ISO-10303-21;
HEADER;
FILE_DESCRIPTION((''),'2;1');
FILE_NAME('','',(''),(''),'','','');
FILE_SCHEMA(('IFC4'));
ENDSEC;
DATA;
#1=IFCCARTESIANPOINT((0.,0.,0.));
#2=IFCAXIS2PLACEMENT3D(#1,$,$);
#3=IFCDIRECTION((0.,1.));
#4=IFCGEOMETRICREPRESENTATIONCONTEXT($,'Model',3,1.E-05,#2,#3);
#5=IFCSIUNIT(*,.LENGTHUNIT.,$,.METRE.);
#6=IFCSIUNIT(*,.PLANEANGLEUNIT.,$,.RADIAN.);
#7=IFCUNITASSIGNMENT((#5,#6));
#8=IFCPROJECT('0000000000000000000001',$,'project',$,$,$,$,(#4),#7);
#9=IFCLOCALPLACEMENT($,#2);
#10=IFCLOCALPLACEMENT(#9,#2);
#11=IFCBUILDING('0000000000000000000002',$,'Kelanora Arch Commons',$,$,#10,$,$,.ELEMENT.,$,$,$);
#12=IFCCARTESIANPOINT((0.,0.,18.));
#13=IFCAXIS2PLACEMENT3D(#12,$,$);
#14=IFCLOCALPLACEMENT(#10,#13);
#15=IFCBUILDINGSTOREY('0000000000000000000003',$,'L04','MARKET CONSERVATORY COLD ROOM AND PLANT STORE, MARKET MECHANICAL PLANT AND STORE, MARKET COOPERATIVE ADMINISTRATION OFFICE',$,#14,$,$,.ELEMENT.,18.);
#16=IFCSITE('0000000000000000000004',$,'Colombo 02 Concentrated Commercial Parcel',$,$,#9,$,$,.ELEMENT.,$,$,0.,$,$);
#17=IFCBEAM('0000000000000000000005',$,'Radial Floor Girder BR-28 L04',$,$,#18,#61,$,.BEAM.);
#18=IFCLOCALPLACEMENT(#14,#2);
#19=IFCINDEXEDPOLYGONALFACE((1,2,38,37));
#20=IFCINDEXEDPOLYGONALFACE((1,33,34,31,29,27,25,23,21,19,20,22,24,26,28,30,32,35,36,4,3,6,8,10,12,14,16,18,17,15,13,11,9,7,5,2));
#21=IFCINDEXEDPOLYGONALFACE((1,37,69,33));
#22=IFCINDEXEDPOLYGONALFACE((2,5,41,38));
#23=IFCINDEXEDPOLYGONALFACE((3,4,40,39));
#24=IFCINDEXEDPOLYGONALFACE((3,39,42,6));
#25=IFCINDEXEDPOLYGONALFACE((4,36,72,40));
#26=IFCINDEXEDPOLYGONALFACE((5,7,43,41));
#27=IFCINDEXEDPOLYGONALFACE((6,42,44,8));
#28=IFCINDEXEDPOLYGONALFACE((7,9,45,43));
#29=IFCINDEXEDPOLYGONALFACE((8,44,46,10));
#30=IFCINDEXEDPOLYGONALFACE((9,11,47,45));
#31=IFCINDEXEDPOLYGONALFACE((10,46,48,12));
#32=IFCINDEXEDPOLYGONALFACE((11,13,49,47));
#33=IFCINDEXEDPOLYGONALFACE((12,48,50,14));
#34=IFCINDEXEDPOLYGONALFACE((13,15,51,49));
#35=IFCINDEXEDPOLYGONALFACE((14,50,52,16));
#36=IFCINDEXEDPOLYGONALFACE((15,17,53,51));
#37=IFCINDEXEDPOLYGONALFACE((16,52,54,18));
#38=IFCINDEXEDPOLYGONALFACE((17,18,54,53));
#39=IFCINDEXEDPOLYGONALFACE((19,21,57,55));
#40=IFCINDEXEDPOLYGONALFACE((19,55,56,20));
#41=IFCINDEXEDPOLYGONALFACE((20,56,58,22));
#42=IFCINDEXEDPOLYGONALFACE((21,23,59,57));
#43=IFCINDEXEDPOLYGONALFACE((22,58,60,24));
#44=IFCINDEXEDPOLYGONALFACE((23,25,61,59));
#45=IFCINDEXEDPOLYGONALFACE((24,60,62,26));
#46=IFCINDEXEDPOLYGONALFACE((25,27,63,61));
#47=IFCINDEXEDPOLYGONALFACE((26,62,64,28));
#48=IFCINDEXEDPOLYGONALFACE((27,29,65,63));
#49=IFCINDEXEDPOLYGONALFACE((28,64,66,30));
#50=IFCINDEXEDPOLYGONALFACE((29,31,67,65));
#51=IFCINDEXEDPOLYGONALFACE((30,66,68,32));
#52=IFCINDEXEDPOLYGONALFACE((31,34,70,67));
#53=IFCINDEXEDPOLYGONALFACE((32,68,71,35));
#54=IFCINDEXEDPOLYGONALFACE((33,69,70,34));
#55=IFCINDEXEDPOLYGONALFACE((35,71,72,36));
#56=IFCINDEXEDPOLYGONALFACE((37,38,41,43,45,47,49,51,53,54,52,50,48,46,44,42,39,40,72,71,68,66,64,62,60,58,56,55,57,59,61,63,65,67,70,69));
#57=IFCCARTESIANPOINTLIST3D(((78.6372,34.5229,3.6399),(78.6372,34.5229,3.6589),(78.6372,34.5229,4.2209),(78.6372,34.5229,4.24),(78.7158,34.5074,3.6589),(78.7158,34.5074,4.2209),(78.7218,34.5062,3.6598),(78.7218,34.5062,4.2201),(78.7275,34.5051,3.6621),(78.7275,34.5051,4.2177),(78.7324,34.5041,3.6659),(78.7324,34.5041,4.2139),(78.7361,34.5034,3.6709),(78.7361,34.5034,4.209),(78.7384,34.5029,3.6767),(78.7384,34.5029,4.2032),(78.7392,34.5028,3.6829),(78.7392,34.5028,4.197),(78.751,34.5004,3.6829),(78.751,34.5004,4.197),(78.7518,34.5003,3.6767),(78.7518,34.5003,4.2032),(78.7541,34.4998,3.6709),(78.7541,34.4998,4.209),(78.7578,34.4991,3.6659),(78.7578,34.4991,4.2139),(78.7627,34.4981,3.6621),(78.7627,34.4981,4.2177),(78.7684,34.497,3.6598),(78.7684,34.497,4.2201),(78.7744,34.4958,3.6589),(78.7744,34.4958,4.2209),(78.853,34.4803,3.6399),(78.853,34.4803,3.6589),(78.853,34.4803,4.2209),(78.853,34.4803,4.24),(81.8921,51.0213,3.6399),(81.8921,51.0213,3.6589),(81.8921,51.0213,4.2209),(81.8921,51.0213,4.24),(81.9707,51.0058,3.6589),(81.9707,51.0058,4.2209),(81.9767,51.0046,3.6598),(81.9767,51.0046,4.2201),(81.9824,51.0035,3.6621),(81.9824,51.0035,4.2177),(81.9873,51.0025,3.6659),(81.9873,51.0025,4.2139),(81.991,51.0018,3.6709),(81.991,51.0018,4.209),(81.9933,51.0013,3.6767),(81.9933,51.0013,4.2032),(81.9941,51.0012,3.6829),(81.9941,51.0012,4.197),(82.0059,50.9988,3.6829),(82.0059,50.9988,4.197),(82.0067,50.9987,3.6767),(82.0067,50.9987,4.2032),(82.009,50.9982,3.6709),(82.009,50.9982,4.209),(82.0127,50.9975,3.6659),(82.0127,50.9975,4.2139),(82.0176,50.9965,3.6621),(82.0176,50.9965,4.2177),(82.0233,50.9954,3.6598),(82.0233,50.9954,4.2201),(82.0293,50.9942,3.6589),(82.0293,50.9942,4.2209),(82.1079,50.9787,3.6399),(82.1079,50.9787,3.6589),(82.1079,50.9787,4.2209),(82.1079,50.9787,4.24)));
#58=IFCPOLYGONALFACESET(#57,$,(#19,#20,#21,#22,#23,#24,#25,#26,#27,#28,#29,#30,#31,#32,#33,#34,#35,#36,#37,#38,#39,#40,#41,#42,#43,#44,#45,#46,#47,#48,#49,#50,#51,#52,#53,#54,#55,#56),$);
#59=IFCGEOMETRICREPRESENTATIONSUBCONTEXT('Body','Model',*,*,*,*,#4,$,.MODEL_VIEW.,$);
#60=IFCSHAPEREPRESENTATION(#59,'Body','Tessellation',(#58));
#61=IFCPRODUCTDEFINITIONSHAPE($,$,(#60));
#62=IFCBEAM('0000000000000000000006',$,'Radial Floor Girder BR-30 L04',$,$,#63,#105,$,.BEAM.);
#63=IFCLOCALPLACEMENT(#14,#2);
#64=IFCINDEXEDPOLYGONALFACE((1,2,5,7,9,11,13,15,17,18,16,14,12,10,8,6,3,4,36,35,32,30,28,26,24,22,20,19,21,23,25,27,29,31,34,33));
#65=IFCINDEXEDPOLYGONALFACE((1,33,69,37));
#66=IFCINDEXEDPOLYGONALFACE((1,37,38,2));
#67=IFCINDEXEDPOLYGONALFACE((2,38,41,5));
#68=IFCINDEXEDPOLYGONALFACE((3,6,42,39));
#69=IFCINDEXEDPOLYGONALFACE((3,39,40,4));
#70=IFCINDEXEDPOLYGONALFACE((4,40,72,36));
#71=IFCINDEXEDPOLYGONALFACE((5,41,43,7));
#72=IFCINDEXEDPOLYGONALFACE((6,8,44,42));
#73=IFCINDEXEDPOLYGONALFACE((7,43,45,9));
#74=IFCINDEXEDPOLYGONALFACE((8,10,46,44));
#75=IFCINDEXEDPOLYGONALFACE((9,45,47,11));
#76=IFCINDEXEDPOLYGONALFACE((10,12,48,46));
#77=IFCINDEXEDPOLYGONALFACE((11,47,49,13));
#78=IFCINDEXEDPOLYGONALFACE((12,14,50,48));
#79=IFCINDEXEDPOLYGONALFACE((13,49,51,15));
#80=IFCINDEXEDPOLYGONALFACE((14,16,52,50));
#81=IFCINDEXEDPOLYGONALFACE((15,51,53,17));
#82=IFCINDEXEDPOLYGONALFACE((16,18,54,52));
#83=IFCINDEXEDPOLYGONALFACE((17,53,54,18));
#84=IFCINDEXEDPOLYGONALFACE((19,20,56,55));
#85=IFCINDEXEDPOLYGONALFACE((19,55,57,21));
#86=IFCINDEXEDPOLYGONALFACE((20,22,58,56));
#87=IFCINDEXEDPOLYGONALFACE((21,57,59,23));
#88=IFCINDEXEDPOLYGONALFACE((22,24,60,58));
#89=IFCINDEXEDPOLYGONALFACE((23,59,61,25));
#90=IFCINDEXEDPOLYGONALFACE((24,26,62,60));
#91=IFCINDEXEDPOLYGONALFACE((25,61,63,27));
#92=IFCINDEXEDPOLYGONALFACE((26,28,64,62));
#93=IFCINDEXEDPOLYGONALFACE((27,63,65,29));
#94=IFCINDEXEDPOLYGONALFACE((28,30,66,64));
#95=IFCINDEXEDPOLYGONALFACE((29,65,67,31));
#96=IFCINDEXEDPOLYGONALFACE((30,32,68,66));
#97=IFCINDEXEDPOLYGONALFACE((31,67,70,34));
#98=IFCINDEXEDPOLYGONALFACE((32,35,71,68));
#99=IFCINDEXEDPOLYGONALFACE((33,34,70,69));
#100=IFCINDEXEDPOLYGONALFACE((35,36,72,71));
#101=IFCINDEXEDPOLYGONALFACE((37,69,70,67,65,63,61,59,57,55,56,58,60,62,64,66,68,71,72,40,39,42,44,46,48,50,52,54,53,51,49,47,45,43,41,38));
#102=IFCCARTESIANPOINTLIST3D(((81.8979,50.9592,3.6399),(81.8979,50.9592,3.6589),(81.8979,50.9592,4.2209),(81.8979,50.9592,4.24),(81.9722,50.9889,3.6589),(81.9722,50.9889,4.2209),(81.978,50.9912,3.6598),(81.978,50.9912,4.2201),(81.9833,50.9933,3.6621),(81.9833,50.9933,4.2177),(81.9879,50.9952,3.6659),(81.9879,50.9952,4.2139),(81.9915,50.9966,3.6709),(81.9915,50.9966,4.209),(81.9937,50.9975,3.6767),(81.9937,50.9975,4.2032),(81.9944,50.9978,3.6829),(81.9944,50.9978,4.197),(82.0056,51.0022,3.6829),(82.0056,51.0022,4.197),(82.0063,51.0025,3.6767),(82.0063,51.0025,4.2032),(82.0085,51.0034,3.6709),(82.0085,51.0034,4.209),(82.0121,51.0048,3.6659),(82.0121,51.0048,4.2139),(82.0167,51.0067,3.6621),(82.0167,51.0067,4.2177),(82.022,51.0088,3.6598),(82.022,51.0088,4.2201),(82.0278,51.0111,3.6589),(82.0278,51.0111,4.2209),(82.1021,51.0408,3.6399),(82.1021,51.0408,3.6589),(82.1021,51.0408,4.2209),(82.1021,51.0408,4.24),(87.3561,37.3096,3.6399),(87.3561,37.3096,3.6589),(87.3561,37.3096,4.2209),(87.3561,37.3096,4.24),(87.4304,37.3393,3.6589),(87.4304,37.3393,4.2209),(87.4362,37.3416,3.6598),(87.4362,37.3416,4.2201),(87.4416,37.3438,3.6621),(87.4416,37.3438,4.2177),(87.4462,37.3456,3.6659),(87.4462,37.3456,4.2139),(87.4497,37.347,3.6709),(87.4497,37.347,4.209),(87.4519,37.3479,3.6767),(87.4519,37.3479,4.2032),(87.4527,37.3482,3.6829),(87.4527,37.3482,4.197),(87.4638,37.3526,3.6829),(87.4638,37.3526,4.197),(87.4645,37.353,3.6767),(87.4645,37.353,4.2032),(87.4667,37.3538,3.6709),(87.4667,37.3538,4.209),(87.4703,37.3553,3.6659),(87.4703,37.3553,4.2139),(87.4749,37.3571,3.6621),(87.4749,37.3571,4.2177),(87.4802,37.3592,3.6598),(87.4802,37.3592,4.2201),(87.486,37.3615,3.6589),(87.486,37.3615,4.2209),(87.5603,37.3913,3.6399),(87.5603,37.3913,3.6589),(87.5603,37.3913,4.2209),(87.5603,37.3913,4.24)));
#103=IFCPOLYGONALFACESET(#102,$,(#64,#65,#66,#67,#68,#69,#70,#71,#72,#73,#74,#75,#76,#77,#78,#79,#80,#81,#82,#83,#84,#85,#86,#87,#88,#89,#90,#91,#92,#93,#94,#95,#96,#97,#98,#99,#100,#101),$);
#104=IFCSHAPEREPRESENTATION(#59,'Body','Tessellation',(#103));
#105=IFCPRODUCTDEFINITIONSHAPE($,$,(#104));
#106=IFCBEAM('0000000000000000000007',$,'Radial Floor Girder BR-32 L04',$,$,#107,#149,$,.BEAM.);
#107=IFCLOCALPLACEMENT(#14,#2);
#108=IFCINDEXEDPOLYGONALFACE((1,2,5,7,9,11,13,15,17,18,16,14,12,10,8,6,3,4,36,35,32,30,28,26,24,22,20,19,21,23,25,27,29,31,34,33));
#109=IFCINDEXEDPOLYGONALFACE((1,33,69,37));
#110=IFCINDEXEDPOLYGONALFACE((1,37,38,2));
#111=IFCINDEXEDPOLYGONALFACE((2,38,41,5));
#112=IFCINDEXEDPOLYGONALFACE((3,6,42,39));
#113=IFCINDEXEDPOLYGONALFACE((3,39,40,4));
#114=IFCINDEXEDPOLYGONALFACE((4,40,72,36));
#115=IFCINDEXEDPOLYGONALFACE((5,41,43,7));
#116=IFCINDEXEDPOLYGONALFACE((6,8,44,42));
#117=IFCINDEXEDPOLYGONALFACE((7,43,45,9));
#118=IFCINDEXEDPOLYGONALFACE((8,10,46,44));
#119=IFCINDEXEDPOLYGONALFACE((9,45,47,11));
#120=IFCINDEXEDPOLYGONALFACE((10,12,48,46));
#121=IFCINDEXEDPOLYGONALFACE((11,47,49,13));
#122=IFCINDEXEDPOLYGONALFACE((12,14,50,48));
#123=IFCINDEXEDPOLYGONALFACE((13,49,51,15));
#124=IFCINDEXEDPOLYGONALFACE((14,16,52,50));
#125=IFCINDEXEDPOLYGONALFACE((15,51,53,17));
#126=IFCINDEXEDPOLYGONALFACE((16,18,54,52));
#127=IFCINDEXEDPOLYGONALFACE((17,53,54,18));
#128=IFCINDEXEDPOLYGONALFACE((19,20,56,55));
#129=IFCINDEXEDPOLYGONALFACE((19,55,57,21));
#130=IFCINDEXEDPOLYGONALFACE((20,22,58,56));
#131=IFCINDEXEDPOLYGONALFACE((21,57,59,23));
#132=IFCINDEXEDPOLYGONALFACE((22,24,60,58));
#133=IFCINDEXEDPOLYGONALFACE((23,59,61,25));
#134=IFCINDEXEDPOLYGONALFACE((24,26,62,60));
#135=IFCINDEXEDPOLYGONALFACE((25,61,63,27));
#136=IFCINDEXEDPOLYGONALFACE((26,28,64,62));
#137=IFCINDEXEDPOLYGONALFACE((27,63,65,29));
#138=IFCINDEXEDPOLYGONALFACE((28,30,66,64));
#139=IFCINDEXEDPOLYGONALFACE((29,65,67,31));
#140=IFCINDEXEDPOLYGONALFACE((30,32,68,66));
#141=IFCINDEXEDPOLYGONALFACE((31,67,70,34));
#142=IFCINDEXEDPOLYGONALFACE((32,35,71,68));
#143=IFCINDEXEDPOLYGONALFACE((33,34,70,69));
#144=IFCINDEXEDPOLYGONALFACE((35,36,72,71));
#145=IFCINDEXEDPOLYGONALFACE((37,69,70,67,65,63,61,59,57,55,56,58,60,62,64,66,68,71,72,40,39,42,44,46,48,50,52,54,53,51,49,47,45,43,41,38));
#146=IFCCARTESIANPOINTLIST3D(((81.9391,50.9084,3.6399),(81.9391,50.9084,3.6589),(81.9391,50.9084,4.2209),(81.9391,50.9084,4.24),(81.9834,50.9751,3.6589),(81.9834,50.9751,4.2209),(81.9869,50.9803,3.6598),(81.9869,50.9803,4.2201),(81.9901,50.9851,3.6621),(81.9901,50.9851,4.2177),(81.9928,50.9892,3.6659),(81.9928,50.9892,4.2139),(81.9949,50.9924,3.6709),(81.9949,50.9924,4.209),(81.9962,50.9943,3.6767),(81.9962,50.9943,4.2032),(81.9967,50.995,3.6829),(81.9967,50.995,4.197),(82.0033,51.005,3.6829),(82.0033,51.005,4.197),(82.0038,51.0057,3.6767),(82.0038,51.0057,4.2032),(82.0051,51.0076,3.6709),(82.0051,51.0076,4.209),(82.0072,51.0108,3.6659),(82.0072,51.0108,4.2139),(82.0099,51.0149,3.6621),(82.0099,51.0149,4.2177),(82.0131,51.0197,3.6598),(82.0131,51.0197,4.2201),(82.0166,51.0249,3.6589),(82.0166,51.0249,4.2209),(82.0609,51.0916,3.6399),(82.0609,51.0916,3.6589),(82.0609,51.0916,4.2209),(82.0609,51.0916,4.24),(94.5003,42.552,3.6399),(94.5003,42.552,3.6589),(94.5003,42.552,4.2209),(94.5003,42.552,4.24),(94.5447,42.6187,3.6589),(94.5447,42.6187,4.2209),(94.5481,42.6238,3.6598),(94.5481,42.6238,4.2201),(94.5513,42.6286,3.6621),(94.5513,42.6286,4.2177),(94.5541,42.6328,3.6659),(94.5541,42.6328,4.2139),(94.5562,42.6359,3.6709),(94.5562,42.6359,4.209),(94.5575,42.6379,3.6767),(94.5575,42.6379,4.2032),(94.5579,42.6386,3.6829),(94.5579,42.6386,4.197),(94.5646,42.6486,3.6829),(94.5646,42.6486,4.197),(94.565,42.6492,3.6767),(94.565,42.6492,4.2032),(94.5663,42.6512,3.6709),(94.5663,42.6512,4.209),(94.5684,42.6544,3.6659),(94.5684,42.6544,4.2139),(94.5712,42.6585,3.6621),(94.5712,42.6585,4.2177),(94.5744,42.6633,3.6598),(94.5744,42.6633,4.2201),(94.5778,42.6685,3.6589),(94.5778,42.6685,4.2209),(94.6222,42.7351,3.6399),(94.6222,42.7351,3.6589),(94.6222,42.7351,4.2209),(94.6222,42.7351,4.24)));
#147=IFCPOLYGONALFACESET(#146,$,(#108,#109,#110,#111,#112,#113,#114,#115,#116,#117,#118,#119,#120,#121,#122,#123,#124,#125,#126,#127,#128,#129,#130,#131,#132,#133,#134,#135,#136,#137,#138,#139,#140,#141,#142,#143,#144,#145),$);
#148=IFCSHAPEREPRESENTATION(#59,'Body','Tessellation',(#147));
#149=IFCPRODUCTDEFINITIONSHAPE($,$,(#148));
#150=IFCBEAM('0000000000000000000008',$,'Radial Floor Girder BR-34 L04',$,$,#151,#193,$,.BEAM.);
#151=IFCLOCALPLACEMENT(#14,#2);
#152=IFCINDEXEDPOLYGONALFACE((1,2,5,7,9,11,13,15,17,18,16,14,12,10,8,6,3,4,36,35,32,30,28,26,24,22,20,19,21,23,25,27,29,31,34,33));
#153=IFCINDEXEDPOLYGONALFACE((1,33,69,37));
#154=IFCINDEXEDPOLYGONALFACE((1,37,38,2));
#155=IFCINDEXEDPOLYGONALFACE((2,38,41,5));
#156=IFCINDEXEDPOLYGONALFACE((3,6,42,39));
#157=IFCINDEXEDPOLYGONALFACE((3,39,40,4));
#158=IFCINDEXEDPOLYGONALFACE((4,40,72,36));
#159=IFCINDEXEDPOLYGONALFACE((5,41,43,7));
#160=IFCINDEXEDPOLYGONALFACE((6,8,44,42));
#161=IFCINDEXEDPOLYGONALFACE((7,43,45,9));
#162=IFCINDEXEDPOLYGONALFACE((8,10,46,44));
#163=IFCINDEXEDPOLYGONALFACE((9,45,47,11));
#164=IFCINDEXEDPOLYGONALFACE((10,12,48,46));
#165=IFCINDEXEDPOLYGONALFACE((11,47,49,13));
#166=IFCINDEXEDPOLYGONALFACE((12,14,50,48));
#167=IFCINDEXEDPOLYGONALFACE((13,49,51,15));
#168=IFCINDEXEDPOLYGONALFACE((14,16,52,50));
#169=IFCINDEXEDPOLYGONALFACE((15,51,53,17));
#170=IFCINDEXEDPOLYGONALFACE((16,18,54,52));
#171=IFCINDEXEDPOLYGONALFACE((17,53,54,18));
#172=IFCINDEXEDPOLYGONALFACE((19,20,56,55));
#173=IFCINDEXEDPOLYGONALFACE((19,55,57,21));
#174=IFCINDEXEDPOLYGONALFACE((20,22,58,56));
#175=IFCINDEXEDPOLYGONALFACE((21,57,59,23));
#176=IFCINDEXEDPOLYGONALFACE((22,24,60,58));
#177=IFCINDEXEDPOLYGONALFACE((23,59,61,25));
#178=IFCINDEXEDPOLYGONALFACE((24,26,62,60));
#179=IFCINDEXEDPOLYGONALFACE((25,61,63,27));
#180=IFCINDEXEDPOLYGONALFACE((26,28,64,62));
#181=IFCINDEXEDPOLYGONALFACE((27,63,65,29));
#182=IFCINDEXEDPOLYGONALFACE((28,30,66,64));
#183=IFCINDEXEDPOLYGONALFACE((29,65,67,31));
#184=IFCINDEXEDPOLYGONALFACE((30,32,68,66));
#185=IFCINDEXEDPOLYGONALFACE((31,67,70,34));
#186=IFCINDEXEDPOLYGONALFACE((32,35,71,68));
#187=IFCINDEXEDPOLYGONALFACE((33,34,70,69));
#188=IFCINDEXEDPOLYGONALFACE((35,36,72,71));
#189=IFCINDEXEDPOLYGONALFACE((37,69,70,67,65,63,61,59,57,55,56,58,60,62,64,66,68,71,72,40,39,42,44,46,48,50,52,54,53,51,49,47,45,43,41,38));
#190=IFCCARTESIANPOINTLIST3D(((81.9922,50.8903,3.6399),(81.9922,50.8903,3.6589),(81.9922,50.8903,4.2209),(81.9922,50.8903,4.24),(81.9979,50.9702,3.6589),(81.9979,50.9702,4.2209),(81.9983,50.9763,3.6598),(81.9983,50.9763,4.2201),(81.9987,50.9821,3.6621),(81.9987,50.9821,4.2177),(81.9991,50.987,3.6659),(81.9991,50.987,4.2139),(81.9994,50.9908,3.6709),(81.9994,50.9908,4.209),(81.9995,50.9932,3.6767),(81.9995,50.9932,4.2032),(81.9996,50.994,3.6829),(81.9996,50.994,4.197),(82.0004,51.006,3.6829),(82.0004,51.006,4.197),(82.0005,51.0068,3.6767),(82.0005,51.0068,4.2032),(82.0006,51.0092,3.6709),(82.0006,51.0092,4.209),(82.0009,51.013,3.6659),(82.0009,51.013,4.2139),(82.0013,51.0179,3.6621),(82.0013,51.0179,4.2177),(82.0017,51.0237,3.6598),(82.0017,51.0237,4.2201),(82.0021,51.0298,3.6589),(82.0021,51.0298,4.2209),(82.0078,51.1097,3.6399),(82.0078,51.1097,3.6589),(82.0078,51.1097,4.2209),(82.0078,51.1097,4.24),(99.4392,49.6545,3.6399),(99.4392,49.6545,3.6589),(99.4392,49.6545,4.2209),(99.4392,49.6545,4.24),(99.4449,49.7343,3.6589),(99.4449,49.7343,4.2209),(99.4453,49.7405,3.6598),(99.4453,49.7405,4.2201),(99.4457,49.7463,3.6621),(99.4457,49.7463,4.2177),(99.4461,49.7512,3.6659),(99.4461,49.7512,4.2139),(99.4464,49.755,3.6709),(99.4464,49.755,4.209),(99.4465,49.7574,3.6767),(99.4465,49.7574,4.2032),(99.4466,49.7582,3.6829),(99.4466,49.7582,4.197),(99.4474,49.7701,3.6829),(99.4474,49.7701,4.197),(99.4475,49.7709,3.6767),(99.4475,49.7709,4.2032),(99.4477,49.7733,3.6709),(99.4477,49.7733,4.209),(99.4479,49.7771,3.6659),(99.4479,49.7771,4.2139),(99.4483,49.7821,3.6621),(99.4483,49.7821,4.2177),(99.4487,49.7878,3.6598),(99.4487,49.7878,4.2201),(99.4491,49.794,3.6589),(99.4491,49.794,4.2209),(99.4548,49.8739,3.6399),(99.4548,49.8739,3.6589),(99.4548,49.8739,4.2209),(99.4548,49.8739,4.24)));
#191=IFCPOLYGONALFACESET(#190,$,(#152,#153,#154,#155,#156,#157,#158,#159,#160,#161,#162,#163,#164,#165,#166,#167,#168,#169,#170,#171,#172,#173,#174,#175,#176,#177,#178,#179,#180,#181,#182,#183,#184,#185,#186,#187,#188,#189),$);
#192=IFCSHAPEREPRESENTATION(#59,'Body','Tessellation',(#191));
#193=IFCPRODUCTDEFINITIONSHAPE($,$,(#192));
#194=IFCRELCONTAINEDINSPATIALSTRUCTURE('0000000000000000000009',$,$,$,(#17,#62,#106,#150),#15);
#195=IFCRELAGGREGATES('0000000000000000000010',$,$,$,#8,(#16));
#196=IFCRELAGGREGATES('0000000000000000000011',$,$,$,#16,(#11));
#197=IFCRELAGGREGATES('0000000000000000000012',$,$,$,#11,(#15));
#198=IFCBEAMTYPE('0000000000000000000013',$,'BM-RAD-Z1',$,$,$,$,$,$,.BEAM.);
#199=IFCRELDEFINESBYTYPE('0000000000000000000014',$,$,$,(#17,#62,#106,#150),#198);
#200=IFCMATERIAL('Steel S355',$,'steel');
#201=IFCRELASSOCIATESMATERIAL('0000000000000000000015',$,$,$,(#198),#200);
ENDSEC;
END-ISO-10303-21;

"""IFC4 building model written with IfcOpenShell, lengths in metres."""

from ifc_helpers import new_model, si_unit, direction, frame, origin, origin_2d, place, context, subcontext, project, spatial, i_section, extrude, material, material_profile, profile_set, type_object, element, save


model = new_model("IFC4")

# Units and contexts
model_context = context("Model", 3, precision=1e-05, world=origin(), true_north=direction((0.0, 1.0)))
body_context = subcontext(model_context, "Body", "Model", "MODEL_VIEW")
ifc_project = project(units=[si_unit("LENGTHUNIT", "METRE"), si_unit("PLANEANGLEUNIT", "RADIAN")], contexts=[model_context])

# Site, building, storey
site_placement = place(None, origin())
site = spatial("IfcSite", under=ifc_project, at=site_placement, Name="Colombo 02 Concentrated Commercial Parcel", CompositionType="ELEMENT", RefElevation=0.0)
building_placement = place(site_placement, origin())
building = spatial("IfcBuilding", under=site, at=building_placement, Name="Kelanora Arch Commons", CompositionType="ELEMENT")
storey_placement = place(building_placement, frame((0.0, 0.0, 18.0)))
storey = spatial("IfcBuildingStorey", under=building, at=storey_placement, Name="L04", Description="MARKET CONSERVATORY COLD ROOM AND PLANT STORE, MARKET MECHANICAL PLANT AND STORE, MARKET COOPERATIVE ADMINISTRATION OFFICE", CompositionType="ELEMENT", Elevation=18.0)

# Beams
ifc_material_1 = material(Name="Steel S355", Category="steel")
ifc_material_profile_1 = material_profile(ifc_material_1, i_section(OverallWidth=0.22, OverallDepth=0.6001, WebThickness=0.012, FlangeThickness=0.019, FilletRadius=0.0239, at=origin_2d()), Name="IPE600")
ifc_profile_set_1 = profile_set([ifc_material_profile_1], Name="Steel S355")
beam_type_1 = type_object("IfcBeamType", Name="BM-RAD-Z1", PredefinedType="BEAM", material=ifc_profile_set_1)
beam_1_placement = place(storey_placement, frame((82.0, 51.0, 3.9399), z_axis=(-0.193555, -0.981089, 0.0), x_axis=(0.981089, -0.193555, 0.0)))
element("IfcBeam", 1, at=beam_1_placement, inside=storey, type_object=beam_type_1, Name="Radial Floor Girder BR-28 L04", PredefinedType="BEAM", context=body_context, shape_type="SweptSolid", body=[
    extrude(i_section(OverallWidth=0.22, OverallDepth=0.6001, WebThickness=0.012, FlangeThickness=0.019, FilletRadius=0.0239, at=origin_2d()), origin(), (0.0, 0.0, 1.0), 16.8164),
])
beam_2_placement = place(storey_placement, frame((82.0, 51.0, 3.9399), z_axis=(0.371296, -0.928514, 0.0), x_axis=(0.928514, 0.371296, 0.0)))
element("IfcBeam", 2, at=beam_2_placement, inside=storey, type_object=beam_type_1, Name="Radial Floor Girder BR-30 L04", PredefinedType="BEAM", context=body_context, shape_type="SweptSolid", body=[
    extrude(i_section(OverallWidth=0.22, OverallDepth=0.6001, WebThickness=0.012, FlangeThickness=0.019, FilletRadius=0.0239, at=origin_2d()), origin(), (0.0, 0.0, 1.0), 14.7004),
])
beam_3_placement = place(storey_placement, frame((82.0, 51.0, 3.9399), z_axis=(0.832593, -0.553886, 0.0), x_axis=(0.553886, 0.832593, 0.0)))
element("IfcBeam", 3, at=beam_3_placement, inside=storey, type_object=beam_type_1, Name="Radial Floor Girder BR-32 L04", PredefinedType="BEAM", context=body_context, shape_type="SweptSolid", body=[
    extrude(i_section(OverallWidth=0.22, OverallDepth=0.6001, WebThickness=0.012, FlangeThickness=0.019, FilletRadius=0.0239, at=origin_2d()), origin(), (0.0, 0.0, 1.0), 15.0869),
])
beam_4_placement = place(storey_placement, frame((82.0, 51.0, 3.9399), z_axis=(0.997501, -0.070657, 0.0), x_axis=(0.070657, 0.997501, 0.0)))
element("IfcBeam", 4, at=beam_4_placement, inside=storey, type_object=beam_type_1, Name="Radial Floor Girder BR-34 L04", PredefinedType="BEAM", context=body_context, shape_type="SweptSolid", body=[
    extrude(i_section(OverallWidth=0.22, OverallDepth=0.6001, WebThickness=0.012, FlangeThickness=0.019, FilletRadius=0.0239, at=origin_2d()), origin(), (0.0, 0.0, 1.0), 17.4907),
])

save(model, "model.ifc")
